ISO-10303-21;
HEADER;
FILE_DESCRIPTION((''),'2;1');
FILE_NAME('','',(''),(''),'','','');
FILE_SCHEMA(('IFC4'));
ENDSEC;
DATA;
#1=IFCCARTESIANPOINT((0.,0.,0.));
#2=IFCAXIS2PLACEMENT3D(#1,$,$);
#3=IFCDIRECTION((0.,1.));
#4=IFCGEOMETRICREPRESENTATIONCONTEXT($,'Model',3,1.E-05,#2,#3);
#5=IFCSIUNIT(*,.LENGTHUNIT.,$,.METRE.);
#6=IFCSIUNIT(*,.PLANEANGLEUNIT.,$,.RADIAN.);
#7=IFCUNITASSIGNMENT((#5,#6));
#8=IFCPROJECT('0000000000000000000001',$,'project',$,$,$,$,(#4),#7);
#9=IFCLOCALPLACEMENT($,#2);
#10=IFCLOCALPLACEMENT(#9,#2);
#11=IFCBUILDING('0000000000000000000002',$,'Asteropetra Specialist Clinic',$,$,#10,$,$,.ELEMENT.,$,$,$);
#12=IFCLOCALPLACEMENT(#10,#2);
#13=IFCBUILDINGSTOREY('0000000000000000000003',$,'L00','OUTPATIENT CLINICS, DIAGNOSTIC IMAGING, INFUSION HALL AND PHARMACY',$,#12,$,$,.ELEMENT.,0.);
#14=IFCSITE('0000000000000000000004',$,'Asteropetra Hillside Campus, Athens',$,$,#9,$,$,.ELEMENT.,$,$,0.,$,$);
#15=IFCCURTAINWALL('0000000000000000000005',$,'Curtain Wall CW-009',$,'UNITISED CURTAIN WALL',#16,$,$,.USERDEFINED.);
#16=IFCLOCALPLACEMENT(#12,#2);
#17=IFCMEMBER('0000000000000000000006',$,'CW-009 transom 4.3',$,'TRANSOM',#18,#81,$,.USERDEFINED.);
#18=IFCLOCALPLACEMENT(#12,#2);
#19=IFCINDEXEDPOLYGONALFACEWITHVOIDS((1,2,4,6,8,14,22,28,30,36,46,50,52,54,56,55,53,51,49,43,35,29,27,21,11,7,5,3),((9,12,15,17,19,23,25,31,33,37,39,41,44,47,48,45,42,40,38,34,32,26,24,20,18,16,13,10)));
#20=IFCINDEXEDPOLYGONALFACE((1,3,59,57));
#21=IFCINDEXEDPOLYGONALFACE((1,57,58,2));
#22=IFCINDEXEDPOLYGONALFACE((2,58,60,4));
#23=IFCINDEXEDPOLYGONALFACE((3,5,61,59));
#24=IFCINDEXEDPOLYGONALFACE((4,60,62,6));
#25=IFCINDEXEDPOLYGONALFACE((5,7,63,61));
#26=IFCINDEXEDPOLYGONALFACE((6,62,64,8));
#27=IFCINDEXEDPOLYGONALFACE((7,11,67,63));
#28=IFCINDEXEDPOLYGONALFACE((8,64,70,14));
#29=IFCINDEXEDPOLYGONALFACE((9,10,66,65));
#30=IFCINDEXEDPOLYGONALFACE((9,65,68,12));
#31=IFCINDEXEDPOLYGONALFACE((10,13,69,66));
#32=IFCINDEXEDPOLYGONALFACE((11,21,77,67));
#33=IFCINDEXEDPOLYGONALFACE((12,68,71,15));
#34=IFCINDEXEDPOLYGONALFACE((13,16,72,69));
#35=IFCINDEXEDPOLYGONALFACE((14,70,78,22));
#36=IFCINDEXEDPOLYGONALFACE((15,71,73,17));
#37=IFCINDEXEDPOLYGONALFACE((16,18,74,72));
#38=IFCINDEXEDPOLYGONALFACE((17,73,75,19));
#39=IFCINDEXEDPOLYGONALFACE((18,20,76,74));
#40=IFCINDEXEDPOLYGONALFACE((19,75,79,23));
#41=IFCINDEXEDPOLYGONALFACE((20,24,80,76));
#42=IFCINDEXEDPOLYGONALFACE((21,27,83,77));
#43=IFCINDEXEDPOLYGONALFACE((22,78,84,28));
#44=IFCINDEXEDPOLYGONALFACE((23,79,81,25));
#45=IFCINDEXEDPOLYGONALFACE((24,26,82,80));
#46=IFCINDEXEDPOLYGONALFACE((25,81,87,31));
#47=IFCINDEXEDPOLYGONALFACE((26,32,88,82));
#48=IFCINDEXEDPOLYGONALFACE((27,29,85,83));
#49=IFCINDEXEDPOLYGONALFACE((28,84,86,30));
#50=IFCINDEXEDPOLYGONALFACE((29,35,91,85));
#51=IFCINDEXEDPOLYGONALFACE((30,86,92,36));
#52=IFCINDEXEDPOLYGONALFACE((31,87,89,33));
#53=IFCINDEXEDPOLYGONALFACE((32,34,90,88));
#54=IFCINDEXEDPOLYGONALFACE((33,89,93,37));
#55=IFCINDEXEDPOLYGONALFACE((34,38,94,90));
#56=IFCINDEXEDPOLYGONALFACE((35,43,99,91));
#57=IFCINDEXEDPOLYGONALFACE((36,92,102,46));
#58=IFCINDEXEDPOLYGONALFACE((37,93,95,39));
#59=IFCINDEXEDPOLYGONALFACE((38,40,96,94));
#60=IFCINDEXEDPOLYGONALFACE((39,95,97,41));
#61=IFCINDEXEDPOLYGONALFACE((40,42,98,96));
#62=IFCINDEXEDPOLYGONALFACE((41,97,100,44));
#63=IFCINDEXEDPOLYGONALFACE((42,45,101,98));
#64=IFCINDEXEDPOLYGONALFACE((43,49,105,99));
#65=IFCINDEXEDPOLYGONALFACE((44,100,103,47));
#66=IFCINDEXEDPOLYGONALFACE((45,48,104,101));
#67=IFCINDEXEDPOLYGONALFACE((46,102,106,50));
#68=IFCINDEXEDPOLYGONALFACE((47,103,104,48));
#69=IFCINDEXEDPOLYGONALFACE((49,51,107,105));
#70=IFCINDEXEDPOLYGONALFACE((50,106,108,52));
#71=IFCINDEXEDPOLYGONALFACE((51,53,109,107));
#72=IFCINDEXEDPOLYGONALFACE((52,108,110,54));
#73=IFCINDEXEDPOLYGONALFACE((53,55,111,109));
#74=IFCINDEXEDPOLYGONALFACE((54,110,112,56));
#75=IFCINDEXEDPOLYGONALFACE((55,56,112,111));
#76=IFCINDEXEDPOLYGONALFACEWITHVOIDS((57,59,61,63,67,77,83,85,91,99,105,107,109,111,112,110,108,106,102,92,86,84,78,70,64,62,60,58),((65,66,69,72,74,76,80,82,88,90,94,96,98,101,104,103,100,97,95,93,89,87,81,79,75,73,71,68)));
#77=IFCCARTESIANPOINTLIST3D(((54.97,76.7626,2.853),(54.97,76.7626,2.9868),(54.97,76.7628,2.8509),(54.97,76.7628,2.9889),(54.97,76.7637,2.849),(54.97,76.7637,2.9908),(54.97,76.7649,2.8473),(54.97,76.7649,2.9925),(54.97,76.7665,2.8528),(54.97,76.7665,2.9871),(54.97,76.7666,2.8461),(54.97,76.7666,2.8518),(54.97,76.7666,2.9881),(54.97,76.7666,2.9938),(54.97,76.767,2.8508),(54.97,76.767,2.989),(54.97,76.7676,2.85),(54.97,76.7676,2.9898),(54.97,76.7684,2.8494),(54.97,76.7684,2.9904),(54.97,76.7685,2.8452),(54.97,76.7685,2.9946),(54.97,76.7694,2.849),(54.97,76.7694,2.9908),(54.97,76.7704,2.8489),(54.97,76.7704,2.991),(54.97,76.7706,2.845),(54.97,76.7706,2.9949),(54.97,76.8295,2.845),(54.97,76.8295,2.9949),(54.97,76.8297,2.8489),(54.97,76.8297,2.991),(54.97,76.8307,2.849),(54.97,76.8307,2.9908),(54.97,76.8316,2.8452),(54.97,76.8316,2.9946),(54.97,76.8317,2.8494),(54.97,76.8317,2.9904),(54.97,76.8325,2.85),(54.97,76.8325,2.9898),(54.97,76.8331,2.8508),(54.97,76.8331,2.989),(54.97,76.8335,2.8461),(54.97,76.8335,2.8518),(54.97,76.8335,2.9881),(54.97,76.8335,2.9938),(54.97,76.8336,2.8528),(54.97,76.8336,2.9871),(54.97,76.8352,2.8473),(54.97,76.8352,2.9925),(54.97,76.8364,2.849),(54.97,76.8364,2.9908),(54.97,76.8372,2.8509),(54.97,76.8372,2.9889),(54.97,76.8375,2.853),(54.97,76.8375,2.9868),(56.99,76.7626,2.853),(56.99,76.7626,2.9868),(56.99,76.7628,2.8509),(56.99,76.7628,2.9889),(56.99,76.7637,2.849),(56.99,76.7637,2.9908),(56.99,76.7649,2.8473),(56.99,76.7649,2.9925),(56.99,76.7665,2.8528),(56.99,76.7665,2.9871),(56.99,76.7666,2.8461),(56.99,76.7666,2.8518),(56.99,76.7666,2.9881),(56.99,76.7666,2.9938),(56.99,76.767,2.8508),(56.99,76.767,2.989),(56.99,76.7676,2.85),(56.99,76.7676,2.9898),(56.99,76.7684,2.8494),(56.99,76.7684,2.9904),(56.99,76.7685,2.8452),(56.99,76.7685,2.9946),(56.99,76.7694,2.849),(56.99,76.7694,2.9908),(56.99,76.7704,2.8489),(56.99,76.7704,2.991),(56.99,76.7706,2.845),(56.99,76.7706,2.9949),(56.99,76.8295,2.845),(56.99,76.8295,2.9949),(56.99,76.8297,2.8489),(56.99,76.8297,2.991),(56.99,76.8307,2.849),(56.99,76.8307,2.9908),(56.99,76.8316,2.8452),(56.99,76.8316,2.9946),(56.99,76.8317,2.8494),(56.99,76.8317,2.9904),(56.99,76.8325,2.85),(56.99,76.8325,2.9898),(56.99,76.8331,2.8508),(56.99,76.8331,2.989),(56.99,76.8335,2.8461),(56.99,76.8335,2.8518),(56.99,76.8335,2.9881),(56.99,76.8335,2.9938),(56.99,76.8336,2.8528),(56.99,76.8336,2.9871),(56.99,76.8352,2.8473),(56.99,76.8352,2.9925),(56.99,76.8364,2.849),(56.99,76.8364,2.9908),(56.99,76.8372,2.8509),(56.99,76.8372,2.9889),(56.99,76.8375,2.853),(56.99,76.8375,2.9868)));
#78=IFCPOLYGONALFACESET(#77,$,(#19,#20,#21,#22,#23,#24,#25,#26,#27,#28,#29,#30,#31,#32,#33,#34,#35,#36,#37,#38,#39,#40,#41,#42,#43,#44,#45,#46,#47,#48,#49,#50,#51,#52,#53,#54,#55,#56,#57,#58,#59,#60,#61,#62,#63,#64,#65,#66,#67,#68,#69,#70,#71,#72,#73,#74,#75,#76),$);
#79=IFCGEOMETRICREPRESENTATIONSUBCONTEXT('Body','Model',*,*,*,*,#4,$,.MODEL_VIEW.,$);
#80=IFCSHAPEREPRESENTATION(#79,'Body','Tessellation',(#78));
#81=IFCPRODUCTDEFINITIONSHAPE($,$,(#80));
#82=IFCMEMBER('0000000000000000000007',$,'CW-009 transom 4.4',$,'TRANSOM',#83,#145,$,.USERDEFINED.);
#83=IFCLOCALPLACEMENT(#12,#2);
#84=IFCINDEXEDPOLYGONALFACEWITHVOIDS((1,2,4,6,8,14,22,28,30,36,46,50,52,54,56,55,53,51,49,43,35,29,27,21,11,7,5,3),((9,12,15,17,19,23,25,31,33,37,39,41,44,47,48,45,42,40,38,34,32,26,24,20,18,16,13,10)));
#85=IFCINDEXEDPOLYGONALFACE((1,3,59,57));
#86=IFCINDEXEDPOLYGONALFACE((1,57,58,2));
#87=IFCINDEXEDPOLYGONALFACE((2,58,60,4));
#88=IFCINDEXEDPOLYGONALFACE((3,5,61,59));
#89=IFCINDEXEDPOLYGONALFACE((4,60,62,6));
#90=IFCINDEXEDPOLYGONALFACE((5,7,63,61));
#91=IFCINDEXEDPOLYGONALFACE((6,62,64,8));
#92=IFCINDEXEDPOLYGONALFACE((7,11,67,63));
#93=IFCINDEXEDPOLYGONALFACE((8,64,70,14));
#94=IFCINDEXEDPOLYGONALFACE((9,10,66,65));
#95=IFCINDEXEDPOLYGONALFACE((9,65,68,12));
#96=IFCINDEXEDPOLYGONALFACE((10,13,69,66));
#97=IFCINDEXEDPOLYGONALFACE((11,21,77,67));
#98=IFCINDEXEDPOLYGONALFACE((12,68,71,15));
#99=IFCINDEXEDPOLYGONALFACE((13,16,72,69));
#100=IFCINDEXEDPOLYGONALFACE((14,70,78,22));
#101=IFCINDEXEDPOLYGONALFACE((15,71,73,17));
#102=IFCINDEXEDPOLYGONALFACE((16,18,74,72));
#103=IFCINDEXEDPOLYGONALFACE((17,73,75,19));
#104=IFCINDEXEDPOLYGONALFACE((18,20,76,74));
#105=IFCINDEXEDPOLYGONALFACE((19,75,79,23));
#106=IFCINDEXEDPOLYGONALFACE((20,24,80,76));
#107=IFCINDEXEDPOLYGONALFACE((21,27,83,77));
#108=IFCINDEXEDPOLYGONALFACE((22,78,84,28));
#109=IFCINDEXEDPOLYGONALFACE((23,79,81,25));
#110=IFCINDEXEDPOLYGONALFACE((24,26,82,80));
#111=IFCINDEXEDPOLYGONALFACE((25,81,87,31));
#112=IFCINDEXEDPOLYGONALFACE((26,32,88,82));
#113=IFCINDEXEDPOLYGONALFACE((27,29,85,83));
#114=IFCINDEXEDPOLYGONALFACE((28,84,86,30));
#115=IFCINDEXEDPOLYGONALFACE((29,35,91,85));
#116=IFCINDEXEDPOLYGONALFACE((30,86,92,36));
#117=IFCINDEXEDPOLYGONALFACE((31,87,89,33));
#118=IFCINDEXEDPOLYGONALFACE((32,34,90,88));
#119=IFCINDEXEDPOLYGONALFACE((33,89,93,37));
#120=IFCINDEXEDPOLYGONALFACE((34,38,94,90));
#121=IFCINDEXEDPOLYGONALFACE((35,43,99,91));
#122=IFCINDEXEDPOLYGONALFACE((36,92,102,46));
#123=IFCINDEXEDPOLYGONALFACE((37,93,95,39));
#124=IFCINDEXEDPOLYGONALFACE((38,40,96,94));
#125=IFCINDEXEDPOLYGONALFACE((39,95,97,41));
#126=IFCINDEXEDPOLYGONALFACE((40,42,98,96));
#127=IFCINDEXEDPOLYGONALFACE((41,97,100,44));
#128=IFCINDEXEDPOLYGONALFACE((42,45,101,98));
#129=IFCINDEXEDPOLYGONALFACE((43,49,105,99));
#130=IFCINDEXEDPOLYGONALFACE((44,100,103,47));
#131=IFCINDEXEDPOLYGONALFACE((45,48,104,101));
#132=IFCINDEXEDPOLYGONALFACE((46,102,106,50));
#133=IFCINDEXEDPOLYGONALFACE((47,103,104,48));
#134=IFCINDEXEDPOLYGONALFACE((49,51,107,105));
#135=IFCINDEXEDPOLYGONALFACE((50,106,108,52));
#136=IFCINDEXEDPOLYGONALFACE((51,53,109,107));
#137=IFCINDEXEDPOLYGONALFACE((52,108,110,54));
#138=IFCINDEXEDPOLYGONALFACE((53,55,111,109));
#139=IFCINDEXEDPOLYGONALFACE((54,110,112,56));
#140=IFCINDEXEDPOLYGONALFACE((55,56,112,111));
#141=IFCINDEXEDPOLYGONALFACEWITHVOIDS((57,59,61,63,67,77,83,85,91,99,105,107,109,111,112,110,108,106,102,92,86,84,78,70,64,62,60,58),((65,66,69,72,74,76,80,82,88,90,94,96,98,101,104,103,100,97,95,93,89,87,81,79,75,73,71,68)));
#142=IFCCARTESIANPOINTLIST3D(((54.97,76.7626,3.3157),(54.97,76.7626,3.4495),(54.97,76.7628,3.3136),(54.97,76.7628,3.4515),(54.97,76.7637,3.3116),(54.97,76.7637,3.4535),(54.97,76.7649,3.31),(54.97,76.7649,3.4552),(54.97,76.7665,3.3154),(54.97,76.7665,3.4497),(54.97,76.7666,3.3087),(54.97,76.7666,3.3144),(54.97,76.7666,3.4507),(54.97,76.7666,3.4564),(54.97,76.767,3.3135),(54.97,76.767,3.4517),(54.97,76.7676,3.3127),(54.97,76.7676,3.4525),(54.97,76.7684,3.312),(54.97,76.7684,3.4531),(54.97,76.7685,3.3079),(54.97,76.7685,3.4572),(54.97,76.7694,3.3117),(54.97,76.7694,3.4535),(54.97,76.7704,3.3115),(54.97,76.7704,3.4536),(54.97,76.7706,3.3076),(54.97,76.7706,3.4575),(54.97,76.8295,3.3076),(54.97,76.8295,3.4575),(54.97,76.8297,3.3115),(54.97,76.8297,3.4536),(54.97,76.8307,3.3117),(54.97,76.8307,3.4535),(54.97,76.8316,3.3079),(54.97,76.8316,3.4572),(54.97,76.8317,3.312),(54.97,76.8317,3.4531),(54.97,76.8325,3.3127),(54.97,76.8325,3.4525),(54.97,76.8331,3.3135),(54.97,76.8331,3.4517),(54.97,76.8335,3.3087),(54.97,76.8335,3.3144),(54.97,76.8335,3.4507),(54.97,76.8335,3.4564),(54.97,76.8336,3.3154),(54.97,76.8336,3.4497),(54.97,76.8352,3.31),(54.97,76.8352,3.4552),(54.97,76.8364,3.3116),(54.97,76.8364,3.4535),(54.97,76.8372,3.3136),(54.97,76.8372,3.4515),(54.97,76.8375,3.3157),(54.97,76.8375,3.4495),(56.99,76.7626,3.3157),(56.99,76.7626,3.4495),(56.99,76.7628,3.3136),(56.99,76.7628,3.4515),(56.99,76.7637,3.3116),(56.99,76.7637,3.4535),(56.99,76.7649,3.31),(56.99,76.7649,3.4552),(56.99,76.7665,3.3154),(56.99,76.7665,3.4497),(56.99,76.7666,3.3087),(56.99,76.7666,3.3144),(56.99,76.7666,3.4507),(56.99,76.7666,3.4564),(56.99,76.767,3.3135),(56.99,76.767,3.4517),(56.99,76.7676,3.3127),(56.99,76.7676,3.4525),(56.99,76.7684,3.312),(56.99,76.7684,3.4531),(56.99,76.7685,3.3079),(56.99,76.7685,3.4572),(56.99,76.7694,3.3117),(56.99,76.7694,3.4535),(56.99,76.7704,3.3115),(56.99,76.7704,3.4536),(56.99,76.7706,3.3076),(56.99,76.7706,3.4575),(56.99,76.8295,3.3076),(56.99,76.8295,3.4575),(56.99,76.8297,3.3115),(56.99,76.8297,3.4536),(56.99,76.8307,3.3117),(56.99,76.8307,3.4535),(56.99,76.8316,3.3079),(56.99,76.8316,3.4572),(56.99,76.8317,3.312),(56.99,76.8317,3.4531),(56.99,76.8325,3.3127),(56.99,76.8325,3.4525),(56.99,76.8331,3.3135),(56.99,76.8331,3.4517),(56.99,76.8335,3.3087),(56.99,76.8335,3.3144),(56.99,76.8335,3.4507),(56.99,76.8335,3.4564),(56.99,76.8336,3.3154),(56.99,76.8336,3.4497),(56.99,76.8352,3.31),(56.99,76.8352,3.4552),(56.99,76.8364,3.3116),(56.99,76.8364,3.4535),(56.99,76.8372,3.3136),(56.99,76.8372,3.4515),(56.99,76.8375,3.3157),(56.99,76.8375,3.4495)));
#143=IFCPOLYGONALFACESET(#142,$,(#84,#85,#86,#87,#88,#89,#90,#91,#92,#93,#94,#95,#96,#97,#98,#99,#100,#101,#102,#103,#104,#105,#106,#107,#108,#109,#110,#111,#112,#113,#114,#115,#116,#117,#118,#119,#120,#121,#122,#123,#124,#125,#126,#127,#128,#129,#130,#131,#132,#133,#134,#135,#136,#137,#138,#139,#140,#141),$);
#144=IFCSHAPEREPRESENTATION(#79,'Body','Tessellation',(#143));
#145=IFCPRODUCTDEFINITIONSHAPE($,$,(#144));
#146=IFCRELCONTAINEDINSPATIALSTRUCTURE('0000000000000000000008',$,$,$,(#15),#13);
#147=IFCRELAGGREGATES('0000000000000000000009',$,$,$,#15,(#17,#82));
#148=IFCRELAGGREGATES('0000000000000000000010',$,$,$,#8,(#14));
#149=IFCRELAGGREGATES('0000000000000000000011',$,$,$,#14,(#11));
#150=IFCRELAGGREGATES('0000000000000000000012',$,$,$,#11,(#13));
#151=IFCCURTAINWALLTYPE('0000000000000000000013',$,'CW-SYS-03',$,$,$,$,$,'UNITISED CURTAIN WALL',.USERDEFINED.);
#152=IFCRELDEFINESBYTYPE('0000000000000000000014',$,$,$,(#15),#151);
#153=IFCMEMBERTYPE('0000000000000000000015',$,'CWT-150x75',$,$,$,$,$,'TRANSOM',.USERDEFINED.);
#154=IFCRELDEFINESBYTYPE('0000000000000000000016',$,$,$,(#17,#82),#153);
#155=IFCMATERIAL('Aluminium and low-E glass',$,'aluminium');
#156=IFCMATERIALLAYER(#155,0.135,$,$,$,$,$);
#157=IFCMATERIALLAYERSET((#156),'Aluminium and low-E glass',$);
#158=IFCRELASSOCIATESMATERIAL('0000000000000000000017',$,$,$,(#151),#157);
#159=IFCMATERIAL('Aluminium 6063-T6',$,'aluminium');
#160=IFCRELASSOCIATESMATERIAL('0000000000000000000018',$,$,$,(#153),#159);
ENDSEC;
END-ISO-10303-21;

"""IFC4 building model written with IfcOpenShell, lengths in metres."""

from ifc_helpers import new_model, si_unit, direction, frame, origin, origin_2d, place, context, subcontext, project, spatial, hollow_rectangle, extrude, material, layer, layer_set, material_profile, profile_set, type_object, element, aggregate, save


model = new_model("IFC4")

# Units and contexts
model_context = context("Model", 3, precision=1e-05, world=origin(), true_north=direction((0.0, 1.0)))
body_context = subcontext(model_context, "Body", "Model", "MODEL_VIEW")
ifc_project = project(units=[si_unit("LENGTHUNIT", "METRE"), si_unit("PLANEANGLEUNIT", "RADIAN")], contexts=[model_context])

# Site, building, storey
site_placement = place(None, origin())
site = spatial("IfcSite", under=ifc_project, at=site_placement, Name="Asteropetra Hillside Campus, Athens", CompositionType="ELEMENT", RefElevation=0.0)
building_placement = place(site_placement, origin())
building = spatial("IfcBuilding", under=site, at=building_placement, Name="Asteropetra Specialist Clinic", CompositionType="ELEMENT")
storey_placement = place(building_placement, origin())
storey = spatial("IfcBuildingStorey", under=building, at=storey_placement, Name="L00", Description="OUTPATIENT CLINICS, DIAGNOSTIC IMAGING, INFUSION HALL AND PHARMACY", CompositionType="ELEMENT", Elevation=0.0)

# Curtain wall
ifc_material_1 = material(Name="Aluminium and low-E glass", Category="aluminium")
ifc_layer_1 = layer(ifc_material_1, 0.135)
ifc_layer_set_1 = layer_set([ifc_layer_1], Name="Aluminium and low-E glass")
curtain_wall_type_1 = type_object("IfcCurtainWallType", Name="CW-SYS-03", ElementType="UNITISED CURTAIN WALL", PredefinedType="USERDEFINED", material=ifc_layer_set_1)
curtain_wall_1_placement = place(storey_placement, origin())
curtain_wall_1 = element("IfcCurtainWall", 1, at=curtain_wall_1_placement, inside=storey, type_object=curtain_wall_type_1, Name="Curtain Wall CW-009", ObjectType="UNITISED CURTAIN WALL", PredefinedType="USERDEFINED")

# Members
ifc_material_2 = material(Name="Aluminium 6063-T6", Category="aluminium")
ifc_material_profile_1 = material_profile(ifc_material_2, hollow_rectangle(XDim=0.075, YDim=0.1499, WallThickness=0.0039, InnerFilletRadius=0.0039, OuterFilletRadius=0.0081, at=origin_2d()), Name="TRN 150x75x4.0")
ifc_profile_set_1 = profile_set([ifc_material_profile_1], Name="Aluminium 6063-T6")
member_type_1 = type_object("IfcMemberType", Name="CWT-150x75", ElementType="TRANSOM", PredefinedType="USERDEFINED", material=ifc_profile_set_1)
member_1_placement = place(storey_placement, frame((54.97, 76.8, 2.9199), z_axis=(1.0, 0.0, 0.0), x_axis=(0.0, 1.0, 0.0)))
member_1 = element("IfcMember", 2, at=member_1_placement, type_object=member_type_1, Name="CW-009 transom 4.3", ObjectType="TRANSOM", PredefinedType="USERDEFINED", context=body_context, shape_type="SweptSolid", body=[
    extrude(hollow_rectangle(XDim=0.075, YDim=0.1499, WallThickness=0.0039, InnerFilletRadius=0.0039, OuterFilletRadius=0.0081, at=origin_2d()), origin(), (0.0, 0.0, 1.0), 2.02),
])
member_2_placement = place(storey_placement, frame((54.97, 76.8, 3.3826), z_axis=(1.0, 0.0, 0.0), x_axis=(0.0, 1.0, 0.0)))
member_2 = element("IfcMember", 3, at=member_2_placement, type_object=member_type_1, Name="CW-009 transom 4.4", ObjectType="TRANSOM", PredefinedType="USERDEFINED", context=body_context, shape_type="SweptSolid", body=[
    extrude(hollow_rectangle(XDim=0.075, YDim=0.1499, WallThickness=0.0039, InnerFilletRadius=0.0039, OuterFilletRadius=0.0081, at=origin_2d()), origin(), (0.0, 0.0, 1.0), 2.02),
])

aggregate(curtain_wall_1, [member_1, member_2])

save(model, "model.ifc")
